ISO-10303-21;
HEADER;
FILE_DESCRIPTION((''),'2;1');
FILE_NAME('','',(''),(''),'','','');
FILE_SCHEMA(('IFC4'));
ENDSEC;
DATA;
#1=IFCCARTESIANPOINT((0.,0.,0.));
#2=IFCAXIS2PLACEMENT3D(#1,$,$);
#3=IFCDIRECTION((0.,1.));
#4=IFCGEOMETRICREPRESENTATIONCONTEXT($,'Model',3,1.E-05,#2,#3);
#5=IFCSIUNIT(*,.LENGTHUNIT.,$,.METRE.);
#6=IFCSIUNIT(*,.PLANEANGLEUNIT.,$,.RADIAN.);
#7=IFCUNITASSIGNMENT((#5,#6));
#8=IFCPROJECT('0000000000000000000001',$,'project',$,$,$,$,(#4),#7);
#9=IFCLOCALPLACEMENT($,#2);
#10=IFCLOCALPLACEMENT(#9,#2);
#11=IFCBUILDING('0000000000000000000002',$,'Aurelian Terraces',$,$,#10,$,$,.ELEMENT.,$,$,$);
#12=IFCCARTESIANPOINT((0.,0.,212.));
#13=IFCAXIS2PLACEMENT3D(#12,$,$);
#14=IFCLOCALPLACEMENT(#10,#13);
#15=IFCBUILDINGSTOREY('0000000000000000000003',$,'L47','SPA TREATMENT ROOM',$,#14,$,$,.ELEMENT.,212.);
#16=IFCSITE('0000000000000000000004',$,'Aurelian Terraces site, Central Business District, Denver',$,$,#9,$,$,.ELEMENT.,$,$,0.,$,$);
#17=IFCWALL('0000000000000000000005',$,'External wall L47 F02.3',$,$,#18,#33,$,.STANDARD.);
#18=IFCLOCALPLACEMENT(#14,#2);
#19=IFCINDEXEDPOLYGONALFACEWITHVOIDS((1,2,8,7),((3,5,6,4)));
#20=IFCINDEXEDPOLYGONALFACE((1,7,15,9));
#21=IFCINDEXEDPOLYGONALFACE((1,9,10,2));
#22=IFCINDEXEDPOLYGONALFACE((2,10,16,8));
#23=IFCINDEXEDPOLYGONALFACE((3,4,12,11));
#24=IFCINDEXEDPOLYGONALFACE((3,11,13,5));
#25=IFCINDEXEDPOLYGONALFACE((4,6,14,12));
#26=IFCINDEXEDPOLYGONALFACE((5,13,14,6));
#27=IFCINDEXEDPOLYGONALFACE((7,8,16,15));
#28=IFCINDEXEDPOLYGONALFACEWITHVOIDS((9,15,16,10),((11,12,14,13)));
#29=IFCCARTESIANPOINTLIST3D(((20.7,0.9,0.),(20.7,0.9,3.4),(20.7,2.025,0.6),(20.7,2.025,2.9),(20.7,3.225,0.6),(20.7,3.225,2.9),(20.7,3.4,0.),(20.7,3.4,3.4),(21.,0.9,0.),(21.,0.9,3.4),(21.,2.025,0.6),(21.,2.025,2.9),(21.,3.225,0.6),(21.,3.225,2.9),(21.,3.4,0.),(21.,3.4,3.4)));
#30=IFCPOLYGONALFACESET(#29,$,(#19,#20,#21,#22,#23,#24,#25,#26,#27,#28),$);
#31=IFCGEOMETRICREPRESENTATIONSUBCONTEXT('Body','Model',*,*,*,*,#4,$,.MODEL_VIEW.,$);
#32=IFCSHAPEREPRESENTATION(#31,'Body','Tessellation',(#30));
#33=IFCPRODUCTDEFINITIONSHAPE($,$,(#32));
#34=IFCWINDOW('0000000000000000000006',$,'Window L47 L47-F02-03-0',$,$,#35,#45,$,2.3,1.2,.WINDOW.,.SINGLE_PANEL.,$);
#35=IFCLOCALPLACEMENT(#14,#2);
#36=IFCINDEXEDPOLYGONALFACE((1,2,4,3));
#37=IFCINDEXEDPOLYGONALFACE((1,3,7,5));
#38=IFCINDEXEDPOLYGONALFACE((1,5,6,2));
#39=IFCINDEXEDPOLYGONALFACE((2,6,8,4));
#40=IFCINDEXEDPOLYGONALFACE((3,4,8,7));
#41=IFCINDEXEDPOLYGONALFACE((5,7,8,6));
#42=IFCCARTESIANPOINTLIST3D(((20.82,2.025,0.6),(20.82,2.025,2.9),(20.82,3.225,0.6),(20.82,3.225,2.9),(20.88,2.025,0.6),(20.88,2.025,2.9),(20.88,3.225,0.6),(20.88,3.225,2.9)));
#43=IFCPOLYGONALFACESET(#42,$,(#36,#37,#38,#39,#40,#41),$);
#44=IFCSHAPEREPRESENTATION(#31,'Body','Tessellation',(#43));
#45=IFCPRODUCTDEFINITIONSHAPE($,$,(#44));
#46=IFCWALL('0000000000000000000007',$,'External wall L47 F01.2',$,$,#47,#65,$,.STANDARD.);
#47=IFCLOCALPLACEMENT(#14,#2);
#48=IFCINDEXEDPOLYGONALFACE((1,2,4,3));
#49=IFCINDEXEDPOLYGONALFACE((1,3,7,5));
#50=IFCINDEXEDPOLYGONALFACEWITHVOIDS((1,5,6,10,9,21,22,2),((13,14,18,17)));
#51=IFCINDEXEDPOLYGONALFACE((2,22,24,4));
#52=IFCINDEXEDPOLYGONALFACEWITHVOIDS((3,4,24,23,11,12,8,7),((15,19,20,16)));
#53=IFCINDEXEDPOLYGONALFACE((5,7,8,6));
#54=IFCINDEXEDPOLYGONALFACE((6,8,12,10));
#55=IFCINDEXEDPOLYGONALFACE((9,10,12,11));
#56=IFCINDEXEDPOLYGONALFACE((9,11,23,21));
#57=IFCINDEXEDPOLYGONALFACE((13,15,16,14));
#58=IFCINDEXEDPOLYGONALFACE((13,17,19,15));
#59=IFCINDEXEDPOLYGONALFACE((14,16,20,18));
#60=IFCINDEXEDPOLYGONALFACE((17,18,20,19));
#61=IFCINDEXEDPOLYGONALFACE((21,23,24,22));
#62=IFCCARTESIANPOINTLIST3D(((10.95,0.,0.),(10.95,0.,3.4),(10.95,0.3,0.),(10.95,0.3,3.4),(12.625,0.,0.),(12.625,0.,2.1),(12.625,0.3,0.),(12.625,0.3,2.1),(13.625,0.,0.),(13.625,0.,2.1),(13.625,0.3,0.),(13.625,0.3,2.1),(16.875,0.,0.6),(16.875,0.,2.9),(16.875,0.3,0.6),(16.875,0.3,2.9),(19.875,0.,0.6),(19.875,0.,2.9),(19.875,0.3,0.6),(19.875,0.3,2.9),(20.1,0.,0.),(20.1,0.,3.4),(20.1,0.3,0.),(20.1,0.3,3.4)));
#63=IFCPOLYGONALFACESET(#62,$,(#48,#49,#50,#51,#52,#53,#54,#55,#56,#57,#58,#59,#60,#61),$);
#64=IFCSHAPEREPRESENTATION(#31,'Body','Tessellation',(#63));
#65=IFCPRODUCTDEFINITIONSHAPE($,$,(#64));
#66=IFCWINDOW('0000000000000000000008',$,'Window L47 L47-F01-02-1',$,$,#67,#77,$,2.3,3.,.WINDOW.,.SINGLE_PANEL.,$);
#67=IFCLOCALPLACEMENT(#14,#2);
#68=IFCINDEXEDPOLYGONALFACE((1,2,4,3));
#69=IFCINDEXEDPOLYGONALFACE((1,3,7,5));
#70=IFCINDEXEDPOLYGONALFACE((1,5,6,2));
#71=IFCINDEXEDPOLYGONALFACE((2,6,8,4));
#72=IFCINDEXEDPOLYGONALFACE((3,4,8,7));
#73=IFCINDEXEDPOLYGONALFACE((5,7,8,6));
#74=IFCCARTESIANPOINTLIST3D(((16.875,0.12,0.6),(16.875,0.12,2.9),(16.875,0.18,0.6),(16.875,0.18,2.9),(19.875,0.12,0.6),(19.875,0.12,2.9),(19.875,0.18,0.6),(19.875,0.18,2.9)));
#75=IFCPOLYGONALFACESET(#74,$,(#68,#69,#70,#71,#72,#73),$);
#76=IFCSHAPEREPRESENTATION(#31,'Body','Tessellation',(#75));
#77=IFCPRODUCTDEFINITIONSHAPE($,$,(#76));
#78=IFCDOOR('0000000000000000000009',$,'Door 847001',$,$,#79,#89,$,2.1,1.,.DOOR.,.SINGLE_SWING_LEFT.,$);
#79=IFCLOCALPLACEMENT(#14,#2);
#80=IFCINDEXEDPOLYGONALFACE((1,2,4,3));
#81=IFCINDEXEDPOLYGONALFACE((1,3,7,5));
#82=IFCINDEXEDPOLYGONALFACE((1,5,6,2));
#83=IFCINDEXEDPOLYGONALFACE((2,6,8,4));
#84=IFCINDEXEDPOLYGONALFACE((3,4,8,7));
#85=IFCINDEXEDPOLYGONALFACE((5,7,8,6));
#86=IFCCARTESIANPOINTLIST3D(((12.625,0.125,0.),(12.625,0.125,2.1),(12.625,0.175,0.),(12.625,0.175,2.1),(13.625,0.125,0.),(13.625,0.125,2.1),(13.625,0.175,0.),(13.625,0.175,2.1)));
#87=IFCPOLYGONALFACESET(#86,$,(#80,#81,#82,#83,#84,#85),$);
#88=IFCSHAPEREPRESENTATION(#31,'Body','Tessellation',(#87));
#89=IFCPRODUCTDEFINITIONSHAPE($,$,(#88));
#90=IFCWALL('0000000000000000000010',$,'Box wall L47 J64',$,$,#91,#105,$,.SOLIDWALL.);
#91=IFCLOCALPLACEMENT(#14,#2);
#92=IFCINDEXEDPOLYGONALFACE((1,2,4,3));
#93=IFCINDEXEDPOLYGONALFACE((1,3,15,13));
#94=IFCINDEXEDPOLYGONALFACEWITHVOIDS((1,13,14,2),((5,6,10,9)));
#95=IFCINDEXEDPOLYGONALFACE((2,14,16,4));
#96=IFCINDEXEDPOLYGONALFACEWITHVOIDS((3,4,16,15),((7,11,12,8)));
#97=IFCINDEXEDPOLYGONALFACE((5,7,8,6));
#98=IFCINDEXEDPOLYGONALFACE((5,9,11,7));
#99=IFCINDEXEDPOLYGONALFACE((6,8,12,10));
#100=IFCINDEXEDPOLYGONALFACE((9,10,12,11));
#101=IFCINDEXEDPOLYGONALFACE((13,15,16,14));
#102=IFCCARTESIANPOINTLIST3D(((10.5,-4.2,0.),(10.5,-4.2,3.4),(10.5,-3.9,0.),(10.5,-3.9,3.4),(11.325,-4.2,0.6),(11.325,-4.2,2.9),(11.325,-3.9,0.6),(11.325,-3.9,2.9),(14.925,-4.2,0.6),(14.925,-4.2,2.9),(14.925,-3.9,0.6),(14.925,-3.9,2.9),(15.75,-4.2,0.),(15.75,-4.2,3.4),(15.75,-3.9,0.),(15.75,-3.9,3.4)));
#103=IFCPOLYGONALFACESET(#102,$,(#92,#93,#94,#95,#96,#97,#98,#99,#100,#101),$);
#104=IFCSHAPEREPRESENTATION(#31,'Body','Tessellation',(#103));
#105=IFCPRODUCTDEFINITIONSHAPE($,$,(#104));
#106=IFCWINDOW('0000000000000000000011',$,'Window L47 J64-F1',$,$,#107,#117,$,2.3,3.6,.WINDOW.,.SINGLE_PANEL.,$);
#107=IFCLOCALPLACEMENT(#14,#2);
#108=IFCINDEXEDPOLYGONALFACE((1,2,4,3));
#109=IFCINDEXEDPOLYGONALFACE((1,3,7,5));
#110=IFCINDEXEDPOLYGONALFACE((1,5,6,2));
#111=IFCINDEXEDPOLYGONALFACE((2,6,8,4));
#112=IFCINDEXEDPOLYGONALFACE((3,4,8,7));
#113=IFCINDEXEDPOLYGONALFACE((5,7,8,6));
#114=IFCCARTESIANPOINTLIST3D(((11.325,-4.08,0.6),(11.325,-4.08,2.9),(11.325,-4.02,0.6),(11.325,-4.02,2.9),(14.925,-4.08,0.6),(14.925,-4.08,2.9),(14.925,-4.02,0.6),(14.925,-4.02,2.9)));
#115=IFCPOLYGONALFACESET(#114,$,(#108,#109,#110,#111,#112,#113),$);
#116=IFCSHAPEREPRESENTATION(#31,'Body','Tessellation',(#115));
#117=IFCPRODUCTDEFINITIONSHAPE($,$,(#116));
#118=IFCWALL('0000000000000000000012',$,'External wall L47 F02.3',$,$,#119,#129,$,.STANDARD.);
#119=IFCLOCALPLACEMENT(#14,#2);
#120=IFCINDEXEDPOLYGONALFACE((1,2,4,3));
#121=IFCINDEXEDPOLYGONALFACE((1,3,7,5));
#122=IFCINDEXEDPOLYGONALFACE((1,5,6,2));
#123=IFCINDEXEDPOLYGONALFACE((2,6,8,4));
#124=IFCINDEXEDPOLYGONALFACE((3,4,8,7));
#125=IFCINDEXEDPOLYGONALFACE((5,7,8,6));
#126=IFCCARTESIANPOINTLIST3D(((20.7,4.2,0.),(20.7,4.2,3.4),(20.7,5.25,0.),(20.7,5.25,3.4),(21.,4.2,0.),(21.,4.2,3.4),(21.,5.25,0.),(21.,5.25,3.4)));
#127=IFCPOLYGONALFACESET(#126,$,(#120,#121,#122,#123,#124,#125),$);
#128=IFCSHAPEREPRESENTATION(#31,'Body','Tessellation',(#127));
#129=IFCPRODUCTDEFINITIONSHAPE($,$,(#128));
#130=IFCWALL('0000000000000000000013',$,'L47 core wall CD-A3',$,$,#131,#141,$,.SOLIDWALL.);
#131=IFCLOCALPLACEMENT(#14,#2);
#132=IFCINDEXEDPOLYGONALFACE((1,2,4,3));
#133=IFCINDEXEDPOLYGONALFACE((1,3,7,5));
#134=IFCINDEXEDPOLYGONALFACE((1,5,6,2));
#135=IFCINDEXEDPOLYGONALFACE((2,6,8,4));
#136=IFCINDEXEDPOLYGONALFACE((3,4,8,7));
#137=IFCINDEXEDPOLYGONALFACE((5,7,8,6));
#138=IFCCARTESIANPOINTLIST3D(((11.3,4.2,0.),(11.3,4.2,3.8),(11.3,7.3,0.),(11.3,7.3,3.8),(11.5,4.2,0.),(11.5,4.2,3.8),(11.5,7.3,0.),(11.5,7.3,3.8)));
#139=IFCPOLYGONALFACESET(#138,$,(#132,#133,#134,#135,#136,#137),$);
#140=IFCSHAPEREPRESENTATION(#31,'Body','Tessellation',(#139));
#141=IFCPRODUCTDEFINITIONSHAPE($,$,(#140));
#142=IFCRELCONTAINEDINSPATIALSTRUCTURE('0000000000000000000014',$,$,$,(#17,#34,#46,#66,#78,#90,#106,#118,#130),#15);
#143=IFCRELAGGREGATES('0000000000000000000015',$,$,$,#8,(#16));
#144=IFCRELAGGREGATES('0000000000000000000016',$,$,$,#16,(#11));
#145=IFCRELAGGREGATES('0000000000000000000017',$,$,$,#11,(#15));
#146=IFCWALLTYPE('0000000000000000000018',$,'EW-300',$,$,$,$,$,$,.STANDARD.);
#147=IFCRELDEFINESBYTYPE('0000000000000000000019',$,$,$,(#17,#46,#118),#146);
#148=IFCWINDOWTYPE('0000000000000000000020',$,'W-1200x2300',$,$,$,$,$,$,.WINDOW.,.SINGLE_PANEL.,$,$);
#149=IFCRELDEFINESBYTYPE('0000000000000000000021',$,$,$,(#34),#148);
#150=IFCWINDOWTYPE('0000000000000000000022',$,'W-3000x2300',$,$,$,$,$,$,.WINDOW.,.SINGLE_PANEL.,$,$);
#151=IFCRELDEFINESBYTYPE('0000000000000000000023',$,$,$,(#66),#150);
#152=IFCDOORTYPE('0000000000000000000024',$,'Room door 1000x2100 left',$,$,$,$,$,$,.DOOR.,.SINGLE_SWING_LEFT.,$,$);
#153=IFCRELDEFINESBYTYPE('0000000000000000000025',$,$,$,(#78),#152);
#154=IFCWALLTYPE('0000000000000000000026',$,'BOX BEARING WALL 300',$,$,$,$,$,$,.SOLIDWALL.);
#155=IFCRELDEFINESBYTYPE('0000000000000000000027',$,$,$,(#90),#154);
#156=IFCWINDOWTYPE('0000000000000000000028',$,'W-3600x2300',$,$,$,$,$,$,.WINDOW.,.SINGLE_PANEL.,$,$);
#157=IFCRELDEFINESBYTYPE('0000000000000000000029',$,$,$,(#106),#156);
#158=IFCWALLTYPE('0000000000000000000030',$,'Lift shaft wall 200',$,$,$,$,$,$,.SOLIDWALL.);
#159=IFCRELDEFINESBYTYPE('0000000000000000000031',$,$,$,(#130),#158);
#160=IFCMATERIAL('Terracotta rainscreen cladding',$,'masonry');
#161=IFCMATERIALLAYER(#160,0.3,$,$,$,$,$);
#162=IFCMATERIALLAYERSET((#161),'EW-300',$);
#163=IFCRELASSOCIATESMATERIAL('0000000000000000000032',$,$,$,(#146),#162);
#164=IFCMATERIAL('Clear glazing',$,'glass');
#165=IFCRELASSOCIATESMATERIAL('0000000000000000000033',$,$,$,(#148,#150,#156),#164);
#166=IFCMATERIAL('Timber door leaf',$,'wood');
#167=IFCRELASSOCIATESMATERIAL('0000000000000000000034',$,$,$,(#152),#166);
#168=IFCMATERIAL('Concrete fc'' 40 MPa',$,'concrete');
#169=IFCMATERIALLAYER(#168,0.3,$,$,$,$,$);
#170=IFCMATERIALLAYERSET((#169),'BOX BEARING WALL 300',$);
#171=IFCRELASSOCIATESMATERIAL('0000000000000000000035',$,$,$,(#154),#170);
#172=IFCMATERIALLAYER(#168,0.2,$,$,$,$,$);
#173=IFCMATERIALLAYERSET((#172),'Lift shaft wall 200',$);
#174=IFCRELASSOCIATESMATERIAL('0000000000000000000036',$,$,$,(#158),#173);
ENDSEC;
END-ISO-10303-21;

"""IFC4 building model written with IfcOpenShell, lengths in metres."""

from ifc_helpers import new_model, si_unit, direction, frame, frame_2d, origin, place, context, subcontext, project, spatial, rectangle, extrude, source, transform, mapped, material, layer, layer_set, type_object, element, fill, save


model = new_model("IFC4")

# Units and contexts
model_context = context("Model", 3, precision=1e-05, world=origin(), true_north=direction((0.0, 1.0)))
body_context = subcontext(model_context, "Body", "Model", "MODEL_VIEW")
ifc_project = project(units=[si_unit("LENGTHUNIT", "METRE"), si_unit("PLANEANGLEUNIT", "RADIAN")], contexts=[model_context])

# Site, building, storey
site_placement = place(None, origin())
site = spatial("IfcSite", under=ifc_project, at=site_placement, Name="Aurelian Terraces site, Central Business District, Denver", CompositionType="ELEMENT", RefElevation=0.0)
building_placement = place(site_placement, origin())
building = spatial("IfcBuilding", under=site, at=building_placement, Name="Aurelian Terraces", CompositionType="ELEMENT")
storey_placement = place(building_placement, frame((0.0, 0.0, 212.0)))
storey = spatial("IfcBuildingStorey", under=building, at=storey_placement, Name="L47", Description="SPA TREATMENT ROOM", CompositionType="ELEMENT", Elevation=212.0)

# Wall, opening, window
ifc_material_1 = material(Name="Concrete fc' 40 MPa", Category="concrete")
ifc_material_2 = material(Name="Clear glazing", Category="glass")
ifc_material_3 = material(Name="Terracotta rainscreen cladding", Category="masonry")
ifc_layer_1 = layer(ifc_material_3, 0.3)
ifc_layer_set_1 = layer_set([ifc_layer_1], Name="EW-300")
wall_type_1 = type_object("IfcWallType", Name="EW-300", PredefinedType="STANDARD", material=ifc_layer_set_1)
shared_shape_1 = source(origin(), body_context, "Body", "SweptSolid", [
    extrude(rectangle(XDim=2.5, YDim=0.3, at=frame_2d((1.25, 0.0))), origin(), (0.0, 0.0, 1.0), 3.4),
])
wall_1_placement = place(storey_placement, frame((20.85, 0.9, 0.0), z_axis=(0.0, 0.0, 1.0), x_axis=(0.0, 1.0, 0.0)))
wall_1 = element("IfcWall", 1, at=wall_1_placement, inside=storey, type_object=wall_type_1, Name="External wall L47 F02.3", PredefinedType="STANDARD", context=body_context, shape_type="MappedRepresentation", body=[
    mapped(shared_shape_1, transform((0.0, 0.0, 0.0), scale=1.0)),
])
shared_shape_2 = source(origin(), body_context, "Body", "SweptSolid", [
    extrude(rectangle(XDim=1.2, YDim=2.3, at=frame_2d((0.6, 1.15))), frame((0.0, 0.16, 0.0), z_axis=(0.0, -1.0, 0.0), x_axis=(1.0, 0.0, 0.0)), (0.0, 0.0, 1.0), 0.32),
])
opening_1_placement = place(wall_1_placement, frame((1.125, 0.0, 0.6)))
opening_1 = element("IfcOpeningElement", 2, at=opening_1_placement, cuts=wall_1, PredefinedType="OPENING", context=body_context, shape_type="MappedRepresentation", body=[
    mapped(shared_shape_2, transform((0.0, 0.0, 0.0), scale=1.0)),
])
window_type_1 = type_object("IfcWindowType", Name="W-1200x2300", PartitioningType="SINGLE_PANEL", PredefinedType="WINDOW", material=ifc_material_2)
shared_shape_3 = source(origin(), body_context, "Body", "SweptSolid", [
    extrude(rectangle(XDim=1.2, YDim=2.3, at=frame_2d((0.6, 1.15))), frame((0.0, 0.03, 0.0), z_axis=(0.0, -1.0, 0.0), x_axis=(1.0, 0.0, 0.0)), (0.0, 0.0, 1.0), 0.06),
])
window_1_placement = place(opening_1_placement, origin())
window_1 = element("IfcWindow", 3, at=window_1_placement, inside=storey, type_object=window_type_1, Name="Window L47 L47-F02-03-0", OverallHeight=2.3, OverallWidth=1.2, PartitioningType="SINGLE_PANEL", PredefinedType="WINDOW", context=body_context, shape_type="MappedRepresentation", body=[
    mapped(shared_shape_3, transform((0.0, 0.0, 0.0), scale=1.0)),
])
fill(opening_1, window_1)

# Wall, openings, window, door
shared_shape_4 = source(origin(), body_context, "Body", "SweptSolid", [
    extrude(rectangle(XDim=9.15, YDim=0.3, at=frame_2d((4.575, 0.0))), origin(), (0.0, 0.0, 1.0), 3.4),
])
wall_2_placement = place(storey_placement, frame((10.95, 0.15, 0.0), z_axis=(0.0, 0.0, 1.0), x_axis=(1.0, 0.0, 0.0)))
wall_2 = element("IfcWall", 4, at=wall_2_placement, inside=storey, type_object=wall_type_1, Name="External wall L47 F01.2", PredefinedType="STANDARD", context=body_context, shape_type="MappedRepresentation", body=[
    mapped(shared_shape_4, transform((0.0, 0.0, 0.0), scale=1.0)),
])
shared_shape_5 = source(origin(), body_context, "Body", "SweptSolid", [
    extrude(rectangle(XDim=3.0, YDim=2.3, at=frame_2d((1.5, 1.15))), frame((0.0, 0.16, 0.0), z_axis=(0.0, -1.0, 0.0), x_axis=(1.0, 0.0, 0.0)), (0.0, 0.0, 1.0), 0.32),
])
opening_2_placement = place(wall_2_placement, frame((5.925, 0.0, 0.6)))
opening_2 = element("IfcOpeningElement", 5, at=opening_2_placement, cuts=wall_2, PredefinedType="OPENING", context=body_context, shape_type="MappedRepresentation", body=[
    mapped(shared_shape_5, transform((0.0, 0.0, 0.0), scale=1.0)),
])
shared_shape_6 = source(origin(), body_context, "Body", "SweptSolid", [
    extrude(rectangle(XDim=1.0, YDim=2.1, at=frame_2d((0.5, 1.05))), frame((0.0, 0.16, 0.0), z_axis=(0.0, -1.0, 0.0), x_axis=(1.0, 0.0, 0.0)), (0.0, 0.0, 1.0), 0.32),
])
opening_3_placement = place(wall_2_placement, frame((1.675, 0.0, 0.0)))
opening_3 = element("IfcOpeningElement", 6, at=opening_3_placement, cuts=wall_2, PredefinedType="OPENING", context=body_context, shape_type="MappedRepresentation", body=[
    mapped(shared_shape_6, transform((0.0, 0.0, 0.0), scale=1.0)),
])
window_type_2 = type_object("IfcWindowType", Name="W-3000x2300", PartitioningType="SINGLE_PANEL", PredefinedType="WINDOW", material=ifc_material_2)
shared_shape_7 = source(origin(), body_context, "Body", "SweptSolid", [
    extrude(rectangle(XDim=3.0, YDim=2.3, at=frame_2d((1.5, 1.15))), frame((0.0, 0.03, 0.0), z_axis=(0.0, -1.0, 0.0), x_axis=(1.0, 0.0, 0.0)), (0.0, 0.0, 1.0), 0.06),
])
window_2_placement = place(opening_2_placement, origin())
window_2 = element("IfcWindow", 7, at=window_2_placement, inside=storey, type_object=window_type_2, Name="Window L47 L47-F01-02-1", OverallHeight=2.3, OverallWidth=3.0, PartitioningType="SINGLE_PANEL", PredefinedType="WINDOW", context=body_context, shape_type="MappedRepresentation", body=[
    mapped(shared_shape_7, transform((0.0, 0.0, 0.0), scale=1.0)),
])
fill(opening_2, window_2)
ifc_material_4 = material(Name="Timber door leaf", Category="wood")
door_type_1 = type_object("IfcDoorType", Name="Room door 1000x2100 left", OperationType="SINGLE_SWING_LEFT", PredefinedType="DOOR", material=ifc_material_4)
shared_shape_8 = source(origin(), body_context, "Body", "SweptSolid", [
    extrude(rectangle(XDim=1.0, YDim=2.1, at=frame_2d((0.5, 1.05))), frame((0.0, 0.025, 0.0), z_axis=(0.0, -1.0, 0.0), x_axis=(1.0, 0.0, 0.0)), (0.0, 0.0, 1.0), 0.05),
])
door_1_placement = place(opening_3_placement, origin())
door_1 = element("IfcDoor", 8, at=door_1_placement, inside=storey, type_object=door_type_1, Name="Door 847001", OperationType="SINGLE_SWING_LEFT", OverallHeight=2.1, OverallWidth=1.0, PredefinedType="DOOR", context=body_context, shape_type="MappedRepresentation", body=[
    mapped(shared_shape_8, transform((0.0, 0.0, 0.0), scale=1.0)),
])
fill(opening_3, door_1)

# Wall, opening, window
ifc_layer_2 = layer(ifc_material_1, 0.3)
ifc_layer_set_2 = layer_set([ifc_layer_2], Name="BOX BEARING WALL 300")
wall_type_2 = type_object("IfcWallType", Name="BOX BEARING WALL 300", PredefinedType="SOLIDWALL", material=ifc_layer_set_2)
shared_shape_9 = source(origin(), body_context, "Body", "SweptSolid", [
    extrude(rectangle(XDim=5.25, YDim=0.3, at=frame_2d((2.625, 0.0))), origin(), (0.0, 0.0, 1.0), 3.4),
])
wall_3_placement = place(storey_placement, frame((10.5, -4.05, 0.0), z_axis=(0.0, 0.0, 1.0), x_axis=(1.0, 0.0, 0.0)))
wall_3 = element("IfcWall", 9, at=wall_3_placement, inside=storey, type_object=wall_type_2, Name="Box wall L47 J64", PredefinedType="SOLIDWALL", context=body_context, shape_type="MappedRepresentation", body=[
    mapped(shared_shape_9, transform((0.0, 0.0, 0.0), scale=1.0)),
])
shared_shape_10 = source(origin(), body_context, "Body", "SweptSolid", [
    extrude(rectangle(XDim=3.6, YDim=2.3, at=frame_2d((1.8, 1.15))), frame((0.0, 0.16, 0.0), z_axis=(0.0, -1.0, 0.0), x_axis=(1.0, 0.0, 0.0)), (0.0, 0.0, 1.0), 0.32),
])
opening_4_placement = place(wall_3_placement, frame((0.825, 0.0, 0.6)))
opening_4 = element("IfcOpeningElement", 10, at=opening_4_placement, cuts=wall_3, PredefinedType="OPENING", context=body_context, shape_type="MappedRepresentation", body=[
    mapped(shared_shape_10, transform((0.0, 0.0, 0.0), scale=1.0)),
])
window_type_3 = type_object("IfcWindowType", Name="W-3600x2300", PartitioningType="SINGLE_PANEL", PredefinedType="WINDOW", material=ifc_material_2)
shared_shape_11 = source(origin(), body_context, "Body", "SweptSolid", [
    extrude(rectangle(XDim=3.6, YDim=2.3, at=frame_2d((1.8, 1.15))), frame((0.0, 0.03, 0.0), z_axis=(0.0, -1.0, 0.0), x_axis=(1.0, 0.0, 0.0)), (0.0, 0.0, 1.0), 0.06),
])
window_3_placement = place(opening_4_placement, origin())
window_3 = element("IfcWindow", 11, at=window_3_placement, inside=storey, type_object=window_type_3, Name="Window L47 J64-F1", OverallHeight=2.3, OverallWidth=3.6, PartitioningType="SINGLE_PANEL", PredefinedType="WINDOW", context=body_context, shape_type="MappedRepresentation", body=[
    mapped(shared_shape_11, transform((0.0, 0.0, 0.0), scale=1.0)),
])
fill(opening_4, window_3)

# Walls
shared_shape_12 = source(origin(), body_context, "Body", "SweptSolid", [
    extrude(rectangle(XDim=1.05, YDim=0.3, at=frame_2d((0.525, 0.0))), origin(), (0.0, 0.0, 1.0), 3.4),
])
wall_4_placement = place(storey_placement, frame((20.85, 4.2, 0.0), z_axis=(0.0, 0.0, 1.0), x_axis=(0.0, 1.0, 0.0)))
element("IfcWall", 12, at=wall_4_placement, inside=storey, type_object=wall_type_1, Name="External wall L47 F02.3", PredefinedType="STANDARD", context=body_context, shape_type="MappedRepresentation", body=[
    mapped(shared_shape_12, transform((0.0, 0.0, 0.0), scale=1.0)),
])
ifc_layer_3 = layer(ifc_material_1, 0.2)
ifc_layer_set_3 = layer_set([ifc_layer_3], Name="Lift shaft wall 200")
wall_type_3 = type_object("IfcWallType", Name="Lift shaft wall 200", PredefinedType="SOLIDWALL", material=ifc_layer_set_3)
shared_shape_13 = source(origin(), body_context, "Body", "SweptSolid", [
    extrude(rectangle(XDim=3.1, YDim=0.2, at=frame_2d((1.55, 0.0))), origin(), (0.0, 0.0, 1.0), 3.8),
])
wall_5_placement = place(storey_placement, frame((11.4, 4.2, 0.0), z_axis=(0.0, 0.0, 1.0), x_axis=(0.0, 1.0, 0.0)))
element("IfcWall", 13, at=wall_5_placement, inside=storey, type_object=wall_type_3, Name="L47 core wall CD-A3", PredefinedType="SOLIDWALL", context=body_context, shape_type="MappedRepresentation", body=[
    mapped(shared_shape_13, transform((0.0, 0.0, 0.0), scale=1.0)),
])

save(model, "model.ifc")
